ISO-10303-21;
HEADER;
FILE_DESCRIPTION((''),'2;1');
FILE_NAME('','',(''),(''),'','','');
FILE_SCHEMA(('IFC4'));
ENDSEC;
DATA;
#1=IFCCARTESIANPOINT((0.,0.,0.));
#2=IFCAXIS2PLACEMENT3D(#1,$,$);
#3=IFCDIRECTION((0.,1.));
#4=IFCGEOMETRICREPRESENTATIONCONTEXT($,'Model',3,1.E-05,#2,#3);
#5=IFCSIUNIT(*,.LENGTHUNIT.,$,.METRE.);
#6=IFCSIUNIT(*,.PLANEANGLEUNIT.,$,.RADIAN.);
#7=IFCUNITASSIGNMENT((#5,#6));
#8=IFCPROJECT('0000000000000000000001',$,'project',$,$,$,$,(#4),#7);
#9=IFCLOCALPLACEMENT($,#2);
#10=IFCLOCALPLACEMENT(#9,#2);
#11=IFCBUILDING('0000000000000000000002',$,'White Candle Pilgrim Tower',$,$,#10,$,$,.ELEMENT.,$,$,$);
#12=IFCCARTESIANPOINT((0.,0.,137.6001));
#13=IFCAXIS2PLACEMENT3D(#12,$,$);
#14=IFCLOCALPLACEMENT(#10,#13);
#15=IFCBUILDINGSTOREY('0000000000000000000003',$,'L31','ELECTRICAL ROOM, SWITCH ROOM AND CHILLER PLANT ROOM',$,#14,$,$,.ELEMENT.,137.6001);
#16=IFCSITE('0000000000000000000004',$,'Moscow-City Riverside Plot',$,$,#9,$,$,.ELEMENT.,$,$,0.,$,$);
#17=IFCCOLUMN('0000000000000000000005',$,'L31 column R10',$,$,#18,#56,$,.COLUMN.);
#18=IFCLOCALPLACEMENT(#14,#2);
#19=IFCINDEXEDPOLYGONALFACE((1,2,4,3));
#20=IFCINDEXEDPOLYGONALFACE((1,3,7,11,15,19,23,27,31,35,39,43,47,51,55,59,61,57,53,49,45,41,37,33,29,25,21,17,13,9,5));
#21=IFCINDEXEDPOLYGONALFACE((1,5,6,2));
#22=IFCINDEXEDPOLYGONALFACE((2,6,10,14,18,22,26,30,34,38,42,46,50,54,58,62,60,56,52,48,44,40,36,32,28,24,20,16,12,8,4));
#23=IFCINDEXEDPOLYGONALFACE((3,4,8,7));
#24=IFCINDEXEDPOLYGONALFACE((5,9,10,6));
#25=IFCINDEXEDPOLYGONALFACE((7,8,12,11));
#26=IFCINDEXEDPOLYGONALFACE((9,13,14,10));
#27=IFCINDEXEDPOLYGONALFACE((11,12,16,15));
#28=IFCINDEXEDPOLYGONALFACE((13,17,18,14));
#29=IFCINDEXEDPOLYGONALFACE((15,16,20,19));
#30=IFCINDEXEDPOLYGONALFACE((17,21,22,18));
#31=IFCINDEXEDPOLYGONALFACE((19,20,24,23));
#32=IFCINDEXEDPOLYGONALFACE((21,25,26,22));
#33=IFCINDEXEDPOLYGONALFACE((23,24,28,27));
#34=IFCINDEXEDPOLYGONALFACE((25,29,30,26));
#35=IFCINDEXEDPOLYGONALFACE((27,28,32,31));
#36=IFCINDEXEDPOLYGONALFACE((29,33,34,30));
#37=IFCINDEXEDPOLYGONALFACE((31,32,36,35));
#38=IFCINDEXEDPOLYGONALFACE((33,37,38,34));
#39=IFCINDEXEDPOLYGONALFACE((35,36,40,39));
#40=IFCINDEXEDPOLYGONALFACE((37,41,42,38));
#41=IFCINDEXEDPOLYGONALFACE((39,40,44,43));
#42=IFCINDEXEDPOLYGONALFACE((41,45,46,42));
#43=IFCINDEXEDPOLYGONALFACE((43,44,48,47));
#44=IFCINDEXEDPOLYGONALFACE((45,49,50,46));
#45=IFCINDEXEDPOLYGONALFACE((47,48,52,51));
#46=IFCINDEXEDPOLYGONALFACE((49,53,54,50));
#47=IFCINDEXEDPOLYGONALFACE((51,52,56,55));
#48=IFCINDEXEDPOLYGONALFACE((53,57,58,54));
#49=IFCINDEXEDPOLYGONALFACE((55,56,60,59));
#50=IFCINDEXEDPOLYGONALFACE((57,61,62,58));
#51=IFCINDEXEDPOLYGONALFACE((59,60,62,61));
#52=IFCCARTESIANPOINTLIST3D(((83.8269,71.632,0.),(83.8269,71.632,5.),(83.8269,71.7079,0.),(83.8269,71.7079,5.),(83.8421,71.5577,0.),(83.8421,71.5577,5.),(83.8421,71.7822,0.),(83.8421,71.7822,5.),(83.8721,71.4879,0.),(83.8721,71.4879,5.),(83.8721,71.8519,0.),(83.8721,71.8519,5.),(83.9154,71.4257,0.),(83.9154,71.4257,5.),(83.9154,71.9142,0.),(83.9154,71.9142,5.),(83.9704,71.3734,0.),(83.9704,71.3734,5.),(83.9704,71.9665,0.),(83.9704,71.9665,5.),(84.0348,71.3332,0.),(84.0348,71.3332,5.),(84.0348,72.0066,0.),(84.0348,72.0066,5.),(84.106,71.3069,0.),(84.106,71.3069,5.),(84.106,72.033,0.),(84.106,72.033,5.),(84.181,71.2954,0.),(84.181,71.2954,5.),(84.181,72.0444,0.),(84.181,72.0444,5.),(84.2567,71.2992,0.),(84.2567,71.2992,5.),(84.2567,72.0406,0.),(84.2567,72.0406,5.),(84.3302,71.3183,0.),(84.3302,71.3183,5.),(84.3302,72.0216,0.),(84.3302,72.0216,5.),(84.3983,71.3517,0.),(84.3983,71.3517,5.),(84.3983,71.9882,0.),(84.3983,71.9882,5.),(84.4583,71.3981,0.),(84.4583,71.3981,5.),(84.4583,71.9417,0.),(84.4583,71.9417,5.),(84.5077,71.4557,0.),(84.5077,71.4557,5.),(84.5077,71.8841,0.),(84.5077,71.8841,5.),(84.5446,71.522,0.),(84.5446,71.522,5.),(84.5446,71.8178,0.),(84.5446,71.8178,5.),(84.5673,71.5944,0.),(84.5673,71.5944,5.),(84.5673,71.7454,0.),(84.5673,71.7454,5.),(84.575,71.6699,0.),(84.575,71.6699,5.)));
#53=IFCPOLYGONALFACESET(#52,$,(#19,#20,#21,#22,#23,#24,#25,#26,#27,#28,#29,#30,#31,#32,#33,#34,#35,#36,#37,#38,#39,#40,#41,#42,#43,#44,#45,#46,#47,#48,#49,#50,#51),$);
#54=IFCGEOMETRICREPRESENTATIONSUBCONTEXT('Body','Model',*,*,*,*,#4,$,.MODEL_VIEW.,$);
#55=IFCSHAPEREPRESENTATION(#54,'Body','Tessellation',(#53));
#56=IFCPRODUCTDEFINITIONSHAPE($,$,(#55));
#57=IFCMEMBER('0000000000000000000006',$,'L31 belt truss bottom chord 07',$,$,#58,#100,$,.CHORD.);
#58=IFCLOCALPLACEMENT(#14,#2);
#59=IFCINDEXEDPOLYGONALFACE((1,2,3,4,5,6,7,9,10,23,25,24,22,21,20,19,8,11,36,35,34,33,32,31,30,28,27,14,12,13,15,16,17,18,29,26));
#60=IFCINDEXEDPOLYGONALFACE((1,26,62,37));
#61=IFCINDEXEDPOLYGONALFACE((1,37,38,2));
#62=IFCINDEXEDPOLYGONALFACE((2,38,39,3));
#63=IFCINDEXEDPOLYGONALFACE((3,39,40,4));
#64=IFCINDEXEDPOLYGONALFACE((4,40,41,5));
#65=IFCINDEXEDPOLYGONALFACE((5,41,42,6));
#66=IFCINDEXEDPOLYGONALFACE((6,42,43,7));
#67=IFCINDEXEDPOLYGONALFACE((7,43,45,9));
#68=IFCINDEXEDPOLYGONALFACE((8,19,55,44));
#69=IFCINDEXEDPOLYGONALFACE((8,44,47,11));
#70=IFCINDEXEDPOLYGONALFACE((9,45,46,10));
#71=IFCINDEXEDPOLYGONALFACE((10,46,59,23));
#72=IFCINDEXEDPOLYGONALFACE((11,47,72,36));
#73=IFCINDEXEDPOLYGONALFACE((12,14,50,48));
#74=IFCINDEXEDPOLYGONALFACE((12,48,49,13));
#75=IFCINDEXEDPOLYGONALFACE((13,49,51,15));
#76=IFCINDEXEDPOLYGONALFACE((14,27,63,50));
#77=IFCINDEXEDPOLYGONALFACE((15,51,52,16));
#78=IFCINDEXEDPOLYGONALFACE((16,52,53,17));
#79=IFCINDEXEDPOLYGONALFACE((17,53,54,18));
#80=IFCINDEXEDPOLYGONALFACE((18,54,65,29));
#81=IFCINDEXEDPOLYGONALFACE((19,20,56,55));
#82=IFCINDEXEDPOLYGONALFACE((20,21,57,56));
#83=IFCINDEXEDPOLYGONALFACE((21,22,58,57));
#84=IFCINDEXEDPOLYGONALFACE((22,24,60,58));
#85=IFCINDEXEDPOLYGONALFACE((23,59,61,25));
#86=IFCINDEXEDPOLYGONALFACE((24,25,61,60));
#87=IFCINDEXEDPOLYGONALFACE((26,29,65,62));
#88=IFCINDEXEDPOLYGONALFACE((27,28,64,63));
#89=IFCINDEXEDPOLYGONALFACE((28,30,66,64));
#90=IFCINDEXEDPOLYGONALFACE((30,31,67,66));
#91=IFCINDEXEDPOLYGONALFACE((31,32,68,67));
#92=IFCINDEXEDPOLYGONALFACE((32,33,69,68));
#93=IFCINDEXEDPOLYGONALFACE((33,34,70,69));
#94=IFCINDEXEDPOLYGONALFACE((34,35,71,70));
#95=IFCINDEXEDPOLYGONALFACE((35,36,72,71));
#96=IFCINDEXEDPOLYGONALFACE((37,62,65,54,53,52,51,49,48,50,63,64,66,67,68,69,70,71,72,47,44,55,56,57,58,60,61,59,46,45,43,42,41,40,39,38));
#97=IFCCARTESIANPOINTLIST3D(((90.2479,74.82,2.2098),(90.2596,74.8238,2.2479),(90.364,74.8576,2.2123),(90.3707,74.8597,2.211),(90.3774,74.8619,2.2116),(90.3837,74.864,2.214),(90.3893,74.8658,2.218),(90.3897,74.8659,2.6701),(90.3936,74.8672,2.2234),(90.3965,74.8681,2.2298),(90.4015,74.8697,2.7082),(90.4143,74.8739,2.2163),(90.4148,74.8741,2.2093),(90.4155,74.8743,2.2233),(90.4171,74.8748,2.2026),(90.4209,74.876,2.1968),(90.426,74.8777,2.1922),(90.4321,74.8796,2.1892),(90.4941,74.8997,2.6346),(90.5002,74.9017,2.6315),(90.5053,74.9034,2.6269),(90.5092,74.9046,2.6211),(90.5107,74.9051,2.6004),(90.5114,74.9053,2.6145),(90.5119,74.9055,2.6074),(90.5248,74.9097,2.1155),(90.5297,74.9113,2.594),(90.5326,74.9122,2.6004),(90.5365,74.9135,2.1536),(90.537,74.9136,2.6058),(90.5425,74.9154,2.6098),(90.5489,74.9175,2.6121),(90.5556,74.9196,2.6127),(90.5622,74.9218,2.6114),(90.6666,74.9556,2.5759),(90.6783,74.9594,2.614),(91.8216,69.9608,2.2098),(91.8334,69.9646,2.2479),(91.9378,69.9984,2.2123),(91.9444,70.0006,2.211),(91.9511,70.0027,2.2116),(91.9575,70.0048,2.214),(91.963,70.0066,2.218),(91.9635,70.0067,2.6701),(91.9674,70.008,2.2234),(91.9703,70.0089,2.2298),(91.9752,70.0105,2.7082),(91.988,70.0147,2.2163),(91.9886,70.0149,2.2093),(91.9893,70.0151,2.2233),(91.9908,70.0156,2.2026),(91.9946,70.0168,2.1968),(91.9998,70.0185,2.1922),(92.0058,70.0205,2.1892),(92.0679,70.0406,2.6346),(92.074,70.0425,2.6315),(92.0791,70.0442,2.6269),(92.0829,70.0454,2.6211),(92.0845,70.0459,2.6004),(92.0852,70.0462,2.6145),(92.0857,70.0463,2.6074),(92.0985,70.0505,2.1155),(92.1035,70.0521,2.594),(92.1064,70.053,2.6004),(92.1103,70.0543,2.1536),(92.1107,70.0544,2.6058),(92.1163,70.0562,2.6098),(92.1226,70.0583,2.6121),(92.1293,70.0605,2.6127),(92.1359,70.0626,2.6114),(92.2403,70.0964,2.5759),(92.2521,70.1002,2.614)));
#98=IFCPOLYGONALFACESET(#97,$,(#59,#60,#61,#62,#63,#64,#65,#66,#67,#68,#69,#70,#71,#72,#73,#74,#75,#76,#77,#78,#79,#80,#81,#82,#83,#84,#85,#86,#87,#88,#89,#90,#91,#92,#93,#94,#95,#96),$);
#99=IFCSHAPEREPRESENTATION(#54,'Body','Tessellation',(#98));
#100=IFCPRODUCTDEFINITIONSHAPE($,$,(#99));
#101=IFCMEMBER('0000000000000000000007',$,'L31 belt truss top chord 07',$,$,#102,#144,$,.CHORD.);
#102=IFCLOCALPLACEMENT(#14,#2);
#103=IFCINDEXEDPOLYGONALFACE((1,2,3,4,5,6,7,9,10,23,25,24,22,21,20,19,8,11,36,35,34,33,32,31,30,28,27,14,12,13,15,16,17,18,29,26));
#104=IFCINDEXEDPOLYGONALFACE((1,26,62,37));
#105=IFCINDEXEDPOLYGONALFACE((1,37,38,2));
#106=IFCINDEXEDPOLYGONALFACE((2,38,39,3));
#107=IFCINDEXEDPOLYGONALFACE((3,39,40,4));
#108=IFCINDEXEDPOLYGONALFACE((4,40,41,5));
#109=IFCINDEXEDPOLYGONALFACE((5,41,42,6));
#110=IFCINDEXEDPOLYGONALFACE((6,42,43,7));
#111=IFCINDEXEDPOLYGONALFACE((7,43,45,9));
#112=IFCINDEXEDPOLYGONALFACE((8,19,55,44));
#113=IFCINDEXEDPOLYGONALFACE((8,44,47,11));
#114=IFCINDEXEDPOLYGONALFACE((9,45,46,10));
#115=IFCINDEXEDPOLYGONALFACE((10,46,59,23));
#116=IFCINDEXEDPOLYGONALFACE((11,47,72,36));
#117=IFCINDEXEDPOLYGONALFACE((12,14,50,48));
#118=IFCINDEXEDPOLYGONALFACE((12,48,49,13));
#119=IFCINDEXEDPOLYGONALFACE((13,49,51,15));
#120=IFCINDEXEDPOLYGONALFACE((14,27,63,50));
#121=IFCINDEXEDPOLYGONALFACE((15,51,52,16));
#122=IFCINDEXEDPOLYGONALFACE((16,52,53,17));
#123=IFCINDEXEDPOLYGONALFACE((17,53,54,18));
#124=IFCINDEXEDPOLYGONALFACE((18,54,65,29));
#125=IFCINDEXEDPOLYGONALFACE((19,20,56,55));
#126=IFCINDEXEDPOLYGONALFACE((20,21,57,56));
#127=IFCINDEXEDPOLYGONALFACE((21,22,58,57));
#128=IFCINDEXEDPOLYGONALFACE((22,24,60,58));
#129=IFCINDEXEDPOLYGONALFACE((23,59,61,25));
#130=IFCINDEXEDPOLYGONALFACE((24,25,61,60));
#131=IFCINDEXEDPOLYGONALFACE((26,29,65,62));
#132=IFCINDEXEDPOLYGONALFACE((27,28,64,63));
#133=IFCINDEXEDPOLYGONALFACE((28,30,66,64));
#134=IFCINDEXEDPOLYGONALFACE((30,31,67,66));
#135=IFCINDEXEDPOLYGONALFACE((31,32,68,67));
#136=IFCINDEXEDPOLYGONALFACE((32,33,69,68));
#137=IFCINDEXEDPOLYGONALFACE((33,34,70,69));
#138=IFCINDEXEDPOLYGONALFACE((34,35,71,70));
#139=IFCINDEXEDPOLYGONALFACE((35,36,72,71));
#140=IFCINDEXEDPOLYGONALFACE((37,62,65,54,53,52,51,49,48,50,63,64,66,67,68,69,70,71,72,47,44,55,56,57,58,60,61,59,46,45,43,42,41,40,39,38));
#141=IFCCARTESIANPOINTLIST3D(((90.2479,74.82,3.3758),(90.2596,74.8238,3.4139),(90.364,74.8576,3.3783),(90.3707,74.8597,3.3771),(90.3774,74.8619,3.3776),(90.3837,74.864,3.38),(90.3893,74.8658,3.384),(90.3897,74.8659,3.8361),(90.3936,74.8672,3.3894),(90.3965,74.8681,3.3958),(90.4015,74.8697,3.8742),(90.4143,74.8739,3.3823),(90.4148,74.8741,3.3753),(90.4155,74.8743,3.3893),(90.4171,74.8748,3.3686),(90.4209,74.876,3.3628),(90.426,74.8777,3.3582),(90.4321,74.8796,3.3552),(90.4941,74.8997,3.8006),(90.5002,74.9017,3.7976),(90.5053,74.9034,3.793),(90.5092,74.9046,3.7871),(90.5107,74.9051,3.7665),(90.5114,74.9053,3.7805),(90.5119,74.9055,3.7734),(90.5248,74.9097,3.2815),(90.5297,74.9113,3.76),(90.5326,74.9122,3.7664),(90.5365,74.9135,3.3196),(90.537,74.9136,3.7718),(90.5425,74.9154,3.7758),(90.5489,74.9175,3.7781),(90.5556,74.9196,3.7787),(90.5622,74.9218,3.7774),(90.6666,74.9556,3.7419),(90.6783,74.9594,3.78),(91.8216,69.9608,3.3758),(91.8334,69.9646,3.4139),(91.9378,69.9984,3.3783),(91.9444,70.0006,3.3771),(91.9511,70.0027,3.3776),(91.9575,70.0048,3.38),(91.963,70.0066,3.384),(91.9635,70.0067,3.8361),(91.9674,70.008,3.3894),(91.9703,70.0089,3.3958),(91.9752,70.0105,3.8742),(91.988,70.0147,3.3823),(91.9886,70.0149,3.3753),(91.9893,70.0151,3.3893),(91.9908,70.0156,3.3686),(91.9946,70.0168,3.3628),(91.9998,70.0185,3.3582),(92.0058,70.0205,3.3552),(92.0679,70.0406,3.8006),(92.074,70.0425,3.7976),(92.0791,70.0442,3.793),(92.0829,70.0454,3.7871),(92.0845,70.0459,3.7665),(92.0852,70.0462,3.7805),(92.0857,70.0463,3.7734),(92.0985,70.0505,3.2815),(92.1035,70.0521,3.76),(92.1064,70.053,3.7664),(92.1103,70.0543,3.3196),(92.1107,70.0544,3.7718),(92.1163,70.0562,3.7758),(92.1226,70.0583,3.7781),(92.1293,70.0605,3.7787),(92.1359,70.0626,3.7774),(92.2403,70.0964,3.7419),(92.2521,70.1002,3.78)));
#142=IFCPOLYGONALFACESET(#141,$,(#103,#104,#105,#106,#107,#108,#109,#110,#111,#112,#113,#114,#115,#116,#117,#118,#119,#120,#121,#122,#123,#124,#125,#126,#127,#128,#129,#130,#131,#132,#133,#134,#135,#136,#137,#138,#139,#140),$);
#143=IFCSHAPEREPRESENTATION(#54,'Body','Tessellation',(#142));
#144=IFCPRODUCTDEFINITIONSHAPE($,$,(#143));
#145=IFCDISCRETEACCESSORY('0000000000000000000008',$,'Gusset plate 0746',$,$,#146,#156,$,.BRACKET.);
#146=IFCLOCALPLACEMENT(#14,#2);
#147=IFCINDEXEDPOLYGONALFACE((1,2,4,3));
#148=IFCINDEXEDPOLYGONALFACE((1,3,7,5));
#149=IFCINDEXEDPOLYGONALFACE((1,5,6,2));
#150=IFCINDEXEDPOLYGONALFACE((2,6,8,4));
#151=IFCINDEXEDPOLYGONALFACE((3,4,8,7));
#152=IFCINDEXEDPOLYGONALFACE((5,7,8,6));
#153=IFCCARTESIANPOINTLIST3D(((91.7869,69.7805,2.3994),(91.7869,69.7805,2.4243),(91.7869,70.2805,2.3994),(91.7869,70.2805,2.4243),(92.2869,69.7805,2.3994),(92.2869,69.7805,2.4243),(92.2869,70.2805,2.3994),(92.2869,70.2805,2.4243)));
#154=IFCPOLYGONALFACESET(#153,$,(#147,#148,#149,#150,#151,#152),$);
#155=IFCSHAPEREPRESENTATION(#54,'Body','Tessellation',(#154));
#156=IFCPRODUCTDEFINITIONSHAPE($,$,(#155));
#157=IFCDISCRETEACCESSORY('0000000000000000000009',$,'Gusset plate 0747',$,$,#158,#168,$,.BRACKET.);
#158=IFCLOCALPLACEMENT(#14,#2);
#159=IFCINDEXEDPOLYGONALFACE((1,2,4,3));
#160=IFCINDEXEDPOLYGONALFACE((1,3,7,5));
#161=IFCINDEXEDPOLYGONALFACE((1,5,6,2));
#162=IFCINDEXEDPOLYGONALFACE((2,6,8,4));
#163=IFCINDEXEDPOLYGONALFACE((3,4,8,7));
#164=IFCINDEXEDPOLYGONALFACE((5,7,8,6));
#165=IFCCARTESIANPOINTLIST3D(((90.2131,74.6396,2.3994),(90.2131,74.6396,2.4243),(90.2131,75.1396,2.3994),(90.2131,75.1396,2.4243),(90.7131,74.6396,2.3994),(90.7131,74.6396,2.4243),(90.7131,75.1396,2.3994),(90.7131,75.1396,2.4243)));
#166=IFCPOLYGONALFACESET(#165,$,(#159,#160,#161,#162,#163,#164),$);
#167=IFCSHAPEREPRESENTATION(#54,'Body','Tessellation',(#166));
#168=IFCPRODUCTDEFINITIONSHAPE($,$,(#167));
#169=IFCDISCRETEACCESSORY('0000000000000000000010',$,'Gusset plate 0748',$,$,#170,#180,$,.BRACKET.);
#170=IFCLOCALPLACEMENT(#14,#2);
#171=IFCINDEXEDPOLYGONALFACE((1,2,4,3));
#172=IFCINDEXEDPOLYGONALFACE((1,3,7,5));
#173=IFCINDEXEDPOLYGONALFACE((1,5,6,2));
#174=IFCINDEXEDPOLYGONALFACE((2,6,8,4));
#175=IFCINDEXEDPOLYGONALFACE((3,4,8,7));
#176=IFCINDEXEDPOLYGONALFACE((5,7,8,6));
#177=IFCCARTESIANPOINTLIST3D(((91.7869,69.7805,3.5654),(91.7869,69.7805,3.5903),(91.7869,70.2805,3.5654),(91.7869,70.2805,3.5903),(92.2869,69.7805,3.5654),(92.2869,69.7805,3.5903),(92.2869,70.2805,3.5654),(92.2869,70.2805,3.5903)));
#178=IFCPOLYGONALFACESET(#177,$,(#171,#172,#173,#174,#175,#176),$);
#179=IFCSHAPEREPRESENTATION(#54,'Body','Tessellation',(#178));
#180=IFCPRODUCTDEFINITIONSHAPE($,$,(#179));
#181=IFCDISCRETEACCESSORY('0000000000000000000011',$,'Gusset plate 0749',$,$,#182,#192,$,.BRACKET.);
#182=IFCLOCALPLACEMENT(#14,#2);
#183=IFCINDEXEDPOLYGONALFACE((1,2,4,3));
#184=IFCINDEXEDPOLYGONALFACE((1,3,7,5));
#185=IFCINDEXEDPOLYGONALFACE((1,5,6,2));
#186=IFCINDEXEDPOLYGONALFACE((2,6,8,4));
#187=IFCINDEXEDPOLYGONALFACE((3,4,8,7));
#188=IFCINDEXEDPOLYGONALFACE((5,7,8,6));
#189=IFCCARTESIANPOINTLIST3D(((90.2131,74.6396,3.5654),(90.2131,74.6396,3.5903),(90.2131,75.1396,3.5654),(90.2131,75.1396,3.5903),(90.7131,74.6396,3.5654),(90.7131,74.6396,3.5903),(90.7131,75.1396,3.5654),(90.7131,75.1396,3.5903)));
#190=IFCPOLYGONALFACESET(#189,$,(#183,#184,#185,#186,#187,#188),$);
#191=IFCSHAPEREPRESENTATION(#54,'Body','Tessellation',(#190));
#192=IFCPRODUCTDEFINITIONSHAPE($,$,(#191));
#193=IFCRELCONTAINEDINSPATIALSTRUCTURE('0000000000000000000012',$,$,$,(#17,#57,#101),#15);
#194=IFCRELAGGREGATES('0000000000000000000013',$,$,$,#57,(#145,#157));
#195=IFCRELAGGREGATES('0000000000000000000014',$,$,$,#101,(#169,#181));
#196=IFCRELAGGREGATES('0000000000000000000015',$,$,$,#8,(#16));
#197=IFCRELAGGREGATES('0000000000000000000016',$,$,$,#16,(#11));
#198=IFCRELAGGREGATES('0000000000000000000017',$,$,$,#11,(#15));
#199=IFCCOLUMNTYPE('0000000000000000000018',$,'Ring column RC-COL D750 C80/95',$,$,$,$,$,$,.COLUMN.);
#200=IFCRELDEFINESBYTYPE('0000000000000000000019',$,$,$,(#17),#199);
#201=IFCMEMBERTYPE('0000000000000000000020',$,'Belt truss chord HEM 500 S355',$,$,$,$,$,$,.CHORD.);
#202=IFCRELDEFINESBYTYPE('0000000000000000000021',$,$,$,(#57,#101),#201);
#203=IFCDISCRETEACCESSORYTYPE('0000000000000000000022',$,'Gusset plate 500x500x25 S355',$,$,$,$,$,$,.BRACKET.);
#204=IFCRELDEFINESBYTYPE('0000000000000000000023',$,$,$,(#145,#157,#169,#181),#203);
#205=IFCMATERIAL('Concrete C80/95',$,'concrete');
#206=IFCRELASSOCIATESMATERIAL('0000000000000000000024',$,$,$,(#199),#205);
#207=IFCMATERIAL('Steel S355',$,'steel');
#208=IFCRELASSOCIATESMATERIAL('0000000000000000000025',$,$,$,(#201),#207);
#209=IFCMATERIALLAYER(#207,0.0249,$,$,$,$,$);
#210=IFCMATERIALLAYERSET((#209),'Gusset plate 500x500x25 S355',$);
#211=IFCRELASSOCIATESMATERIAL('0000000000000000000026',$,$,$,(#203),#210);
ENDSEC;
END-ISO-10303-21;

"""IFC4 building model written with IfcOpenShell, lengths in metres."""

from ifc_helpers import new_model, si_unit, direction, frame, origin, origin_2d, place, context, subcontext, project, spatial, rectangle, circle, i_section, extrude, material, layer, layer_set, material_profile, profile_set, type_object, element, aggregate, save


model = new_model("IFC4")

# Units and contexts
model_context = context("Model", 3, precision=1e-05, world=origin(), true_north=direction((0.0, 1.0)))
body_context = subcontext(model_context, "Body", "Model", "MODEL_VIEW")
ifc_project = project(units=[si_unit("LENGTHUNIT", "METRE"), si_unit("PLANEANGLEUNIT", "RADIAN")], contexts=[model_context])

# Site, building, storey
site_placement = place(None, origin())
site = spatial("IfcSite", under=ifc_project, at=site_placement, Name="Moscow-City Riverside Plot", CompositionType="ELEMENT", RefElevation=0.0)
building_placement = place(site_placement, origin())
building = spatial("IfcBuilding", under=site, at=building_placement, Name="White Candle Pilgrim Tower", CompositionType="ELEMENT")
storey_placement = place(building_placement, frame((0.0, 0.0, 137.6001)))
storey = spatial("IfcBuildingStorey", under=building, at=storey_placement, Name="L31", Description="ELECTRICAL ROOM, SWITCH ROOM AND CHILLER PLANT ROOM", CompositionType="ELEMENT", Elevation=137.6001)

# Column
ifc_material_1 = material(Name="Concrete C80/95", Category="concrete")
ifc_material_profile_1 = material_profile(ifc_material_1, circle(Radius=0.375, at=origin_2d()), Name="RC-COL D750")
ifc_profile_set_1 = profile_set([ifc_material_profile_1], Name="Concrete C80/95")
column_type_1 = type_object("IfcColumnType", Name="Ring column RC-COL D750 C80/95", PredefinedType="COLUMN", material=ifc_profile_set_1)
for number, where, z_axis, x_axis, name in (
    (1, (84.2, 71.6699, 0.0), (0.0, 0.0, 1.0), (1.0, 0.0, 0.0), "L31 column R10"),
):
    element("IfcColumn", number, at=place(storey_placement, frame(where, z_axis=z_axis, x_axis=x_axis)), inside=storey, type_object=column_type_1, Name=name, PredefinedType="COLUMN", context=body_context, shape_type="SweptSolid", body=[
        extrude(circle(Radius=0.375, at=origin_2d()), origin(), (0.0, 0.0, 1.0), 5.0),
    ])

# Members
ifc_material_2 = material(Name="Steel S355", Category="steel")
ifc_material_profile_2 = material_profile(ifc_material_2, i_section(OverallWidth=0.3059, OverallDepth=0.5239, WebThickness=0.021, FlangeThickness=0.04, FilletRadius=0.0271, at=origin_2d()), Name="HEM 500")
ifc_profile_set_2 = profile_set([ifc_material_profile_2], Name="Steel S355")
member_type_1 = type_object("IfcMemberType", Name="Belt truss chord HEM 500 S355", PredefinedType="CHORD", material=ifc_profile_set_2)
member_1_placement = place(storey_placement, frame((92.0369, 70.0305, 2.4119), z_axis=(-0.308114, 0.951349, 0.0), x_axis=(0.905074, 0.293127, -0.308087)))
member_1 = element("IfcMember", 2, at=member_1_placement, inside=storey, type_object=member_type_1, Name="L31 belt truss bottom chord 07", PredefinedType="CHORD", context=body_context, shape_type="SweptSolid", body=[
    extrude(i_section(OverallWidth=0.3059, OverallDepth=0.5239, WebThickness=0.021, FlangeThickness=0.04, FilletRadius=0.0271, at=origin_2d()), origin(), (0.0, 0.0, 1.0), 5.1077),
])
member_2_placement = place(storey_placement, frame((92.0369, 70.0305, 3.5779), z_axis=(-0.308114, 0.951349, 0.0), x_axis=(0.905074, 0.293127, -0.308087)))
member_2 = element("IfcMember", 3, at=member_2_placement, inside=storey, type_object=member_type_1, Name="L31 belt truss top chord 07", PredefinedType="CHORD", context=body_context, shape_type="SweptSolid", body=[
    extrude(i_section(OverallWidth=0.3059, OverallDepth=0.5239, WebThickness=0.021, FlangeThickness=0.04, FilletRadius=0.0271, at=origin_2d()), origin(), (0.0, 0.0, 1.0), 5.1077),
])

# Discrete accessories
ifc_layer_1 = layer(ifc_material_2, 0.0249)
ifc_layer_set_1 = layer_set([ifc_layer_1], Name="Gusset plate 500x500x25 S355")
discrete_accessory_type = type_object("IfcDiscreteAccessoryType", Name="Gusset plate 500x500x25 S355", PredefinedType="BRACKET", material=ifc_layer_set_1)
discrete_accessory_1_placement = place(storey_placement, frame((92.0369, 70.0305, 2.3994), z_axis=(0.0, 0.0, 1.0), x_axis=(1.0, 0.0, 0.0)))
discrete_accessory_1 = element("IfcDiscreteAccessory", 4, at=discrete_accessory_1_placement, type_object=discrete_accessory_type, Name="Gusset plate 0746", PredefinedType="BRACKET", context=body_context, shape_type="SweptSolid", body=[
    extrude(rectangle(XDim=0.5, YDim=0.5, at=origin_2d()), origin(), (0.0, 0.0, 1.0), 0.0249),
])
discrete_accessory_2_placement = place(storey_placement, frame((90.4631, 74.8896, 2.3994), z_axis=(0.0, 0.0, 1.0), x_axis=(1.0, 0.0, 0.0)))
discrete_accessory_2 = element("IfcDiscreteAccessory", 5, at=discrete_accessory_2_placement, type_object=discrete_accessory_type, Name="Gusset plate 0747", PredefinedType="BRACKET", context=body_context, shape_type="SweptSolid", body=[
    extrude(rectangle(XDim=0.5, YDim=0.5, at=origin_2d()), origin(), (0.0, 0.0, 1.0), 0.0249),
])
aggregate(member_1, [discrete_accessory_1, discrete_accessory_2])
discrete_accessory_3_placement = place(storey_placement, frame((92.0369, 70.0305, 3.5654), z_axis=(0.0, 0.0, 1.0), x_axis=(1.0, 0.0, 0.0)))
discrete_accessory_3 = element("IfcDiscreteAccessory", 6, at=discrete_accessory_3_placement, type_object=discrete_accessory_type, Name="Gusset plate 0748", PredefinedType="BRACKET", context=body_context, shape_type="SweptSolid", body=[
    extrude(rectangle(XDim=0.5, YDim=0.5, at=origin_2d()), origin(), (0.0, 0.0, 1.0), 0.0249),
])
discrete_accessory_4_placement = place(storey_placement, frame((90.4631, 74.8896, 3.5654), z_axis=(0.0, 0.0, 1.0), x_axis=(1.0, 0.0, 0.0)))
discrete_accessory_4 = element("IfcDiscreteAccessory", 7, at=discrete_accessory_4_placement, type_object=discrete_accessory_type, Name="Gusset plate 0749", PredefinedType="BRACKET", context=body_context, shape_type="SweptSolid", body=[
    extrude(rectangle(XDim=0.5, YDim=0.5, at=origin_2d()), origin(), (0.0, 0.0, 1.0), 0.0249),
])
aggregate(member_2, [discrete_accessory_3, discrete_accessory_4])

save(model, "model.ifc")
